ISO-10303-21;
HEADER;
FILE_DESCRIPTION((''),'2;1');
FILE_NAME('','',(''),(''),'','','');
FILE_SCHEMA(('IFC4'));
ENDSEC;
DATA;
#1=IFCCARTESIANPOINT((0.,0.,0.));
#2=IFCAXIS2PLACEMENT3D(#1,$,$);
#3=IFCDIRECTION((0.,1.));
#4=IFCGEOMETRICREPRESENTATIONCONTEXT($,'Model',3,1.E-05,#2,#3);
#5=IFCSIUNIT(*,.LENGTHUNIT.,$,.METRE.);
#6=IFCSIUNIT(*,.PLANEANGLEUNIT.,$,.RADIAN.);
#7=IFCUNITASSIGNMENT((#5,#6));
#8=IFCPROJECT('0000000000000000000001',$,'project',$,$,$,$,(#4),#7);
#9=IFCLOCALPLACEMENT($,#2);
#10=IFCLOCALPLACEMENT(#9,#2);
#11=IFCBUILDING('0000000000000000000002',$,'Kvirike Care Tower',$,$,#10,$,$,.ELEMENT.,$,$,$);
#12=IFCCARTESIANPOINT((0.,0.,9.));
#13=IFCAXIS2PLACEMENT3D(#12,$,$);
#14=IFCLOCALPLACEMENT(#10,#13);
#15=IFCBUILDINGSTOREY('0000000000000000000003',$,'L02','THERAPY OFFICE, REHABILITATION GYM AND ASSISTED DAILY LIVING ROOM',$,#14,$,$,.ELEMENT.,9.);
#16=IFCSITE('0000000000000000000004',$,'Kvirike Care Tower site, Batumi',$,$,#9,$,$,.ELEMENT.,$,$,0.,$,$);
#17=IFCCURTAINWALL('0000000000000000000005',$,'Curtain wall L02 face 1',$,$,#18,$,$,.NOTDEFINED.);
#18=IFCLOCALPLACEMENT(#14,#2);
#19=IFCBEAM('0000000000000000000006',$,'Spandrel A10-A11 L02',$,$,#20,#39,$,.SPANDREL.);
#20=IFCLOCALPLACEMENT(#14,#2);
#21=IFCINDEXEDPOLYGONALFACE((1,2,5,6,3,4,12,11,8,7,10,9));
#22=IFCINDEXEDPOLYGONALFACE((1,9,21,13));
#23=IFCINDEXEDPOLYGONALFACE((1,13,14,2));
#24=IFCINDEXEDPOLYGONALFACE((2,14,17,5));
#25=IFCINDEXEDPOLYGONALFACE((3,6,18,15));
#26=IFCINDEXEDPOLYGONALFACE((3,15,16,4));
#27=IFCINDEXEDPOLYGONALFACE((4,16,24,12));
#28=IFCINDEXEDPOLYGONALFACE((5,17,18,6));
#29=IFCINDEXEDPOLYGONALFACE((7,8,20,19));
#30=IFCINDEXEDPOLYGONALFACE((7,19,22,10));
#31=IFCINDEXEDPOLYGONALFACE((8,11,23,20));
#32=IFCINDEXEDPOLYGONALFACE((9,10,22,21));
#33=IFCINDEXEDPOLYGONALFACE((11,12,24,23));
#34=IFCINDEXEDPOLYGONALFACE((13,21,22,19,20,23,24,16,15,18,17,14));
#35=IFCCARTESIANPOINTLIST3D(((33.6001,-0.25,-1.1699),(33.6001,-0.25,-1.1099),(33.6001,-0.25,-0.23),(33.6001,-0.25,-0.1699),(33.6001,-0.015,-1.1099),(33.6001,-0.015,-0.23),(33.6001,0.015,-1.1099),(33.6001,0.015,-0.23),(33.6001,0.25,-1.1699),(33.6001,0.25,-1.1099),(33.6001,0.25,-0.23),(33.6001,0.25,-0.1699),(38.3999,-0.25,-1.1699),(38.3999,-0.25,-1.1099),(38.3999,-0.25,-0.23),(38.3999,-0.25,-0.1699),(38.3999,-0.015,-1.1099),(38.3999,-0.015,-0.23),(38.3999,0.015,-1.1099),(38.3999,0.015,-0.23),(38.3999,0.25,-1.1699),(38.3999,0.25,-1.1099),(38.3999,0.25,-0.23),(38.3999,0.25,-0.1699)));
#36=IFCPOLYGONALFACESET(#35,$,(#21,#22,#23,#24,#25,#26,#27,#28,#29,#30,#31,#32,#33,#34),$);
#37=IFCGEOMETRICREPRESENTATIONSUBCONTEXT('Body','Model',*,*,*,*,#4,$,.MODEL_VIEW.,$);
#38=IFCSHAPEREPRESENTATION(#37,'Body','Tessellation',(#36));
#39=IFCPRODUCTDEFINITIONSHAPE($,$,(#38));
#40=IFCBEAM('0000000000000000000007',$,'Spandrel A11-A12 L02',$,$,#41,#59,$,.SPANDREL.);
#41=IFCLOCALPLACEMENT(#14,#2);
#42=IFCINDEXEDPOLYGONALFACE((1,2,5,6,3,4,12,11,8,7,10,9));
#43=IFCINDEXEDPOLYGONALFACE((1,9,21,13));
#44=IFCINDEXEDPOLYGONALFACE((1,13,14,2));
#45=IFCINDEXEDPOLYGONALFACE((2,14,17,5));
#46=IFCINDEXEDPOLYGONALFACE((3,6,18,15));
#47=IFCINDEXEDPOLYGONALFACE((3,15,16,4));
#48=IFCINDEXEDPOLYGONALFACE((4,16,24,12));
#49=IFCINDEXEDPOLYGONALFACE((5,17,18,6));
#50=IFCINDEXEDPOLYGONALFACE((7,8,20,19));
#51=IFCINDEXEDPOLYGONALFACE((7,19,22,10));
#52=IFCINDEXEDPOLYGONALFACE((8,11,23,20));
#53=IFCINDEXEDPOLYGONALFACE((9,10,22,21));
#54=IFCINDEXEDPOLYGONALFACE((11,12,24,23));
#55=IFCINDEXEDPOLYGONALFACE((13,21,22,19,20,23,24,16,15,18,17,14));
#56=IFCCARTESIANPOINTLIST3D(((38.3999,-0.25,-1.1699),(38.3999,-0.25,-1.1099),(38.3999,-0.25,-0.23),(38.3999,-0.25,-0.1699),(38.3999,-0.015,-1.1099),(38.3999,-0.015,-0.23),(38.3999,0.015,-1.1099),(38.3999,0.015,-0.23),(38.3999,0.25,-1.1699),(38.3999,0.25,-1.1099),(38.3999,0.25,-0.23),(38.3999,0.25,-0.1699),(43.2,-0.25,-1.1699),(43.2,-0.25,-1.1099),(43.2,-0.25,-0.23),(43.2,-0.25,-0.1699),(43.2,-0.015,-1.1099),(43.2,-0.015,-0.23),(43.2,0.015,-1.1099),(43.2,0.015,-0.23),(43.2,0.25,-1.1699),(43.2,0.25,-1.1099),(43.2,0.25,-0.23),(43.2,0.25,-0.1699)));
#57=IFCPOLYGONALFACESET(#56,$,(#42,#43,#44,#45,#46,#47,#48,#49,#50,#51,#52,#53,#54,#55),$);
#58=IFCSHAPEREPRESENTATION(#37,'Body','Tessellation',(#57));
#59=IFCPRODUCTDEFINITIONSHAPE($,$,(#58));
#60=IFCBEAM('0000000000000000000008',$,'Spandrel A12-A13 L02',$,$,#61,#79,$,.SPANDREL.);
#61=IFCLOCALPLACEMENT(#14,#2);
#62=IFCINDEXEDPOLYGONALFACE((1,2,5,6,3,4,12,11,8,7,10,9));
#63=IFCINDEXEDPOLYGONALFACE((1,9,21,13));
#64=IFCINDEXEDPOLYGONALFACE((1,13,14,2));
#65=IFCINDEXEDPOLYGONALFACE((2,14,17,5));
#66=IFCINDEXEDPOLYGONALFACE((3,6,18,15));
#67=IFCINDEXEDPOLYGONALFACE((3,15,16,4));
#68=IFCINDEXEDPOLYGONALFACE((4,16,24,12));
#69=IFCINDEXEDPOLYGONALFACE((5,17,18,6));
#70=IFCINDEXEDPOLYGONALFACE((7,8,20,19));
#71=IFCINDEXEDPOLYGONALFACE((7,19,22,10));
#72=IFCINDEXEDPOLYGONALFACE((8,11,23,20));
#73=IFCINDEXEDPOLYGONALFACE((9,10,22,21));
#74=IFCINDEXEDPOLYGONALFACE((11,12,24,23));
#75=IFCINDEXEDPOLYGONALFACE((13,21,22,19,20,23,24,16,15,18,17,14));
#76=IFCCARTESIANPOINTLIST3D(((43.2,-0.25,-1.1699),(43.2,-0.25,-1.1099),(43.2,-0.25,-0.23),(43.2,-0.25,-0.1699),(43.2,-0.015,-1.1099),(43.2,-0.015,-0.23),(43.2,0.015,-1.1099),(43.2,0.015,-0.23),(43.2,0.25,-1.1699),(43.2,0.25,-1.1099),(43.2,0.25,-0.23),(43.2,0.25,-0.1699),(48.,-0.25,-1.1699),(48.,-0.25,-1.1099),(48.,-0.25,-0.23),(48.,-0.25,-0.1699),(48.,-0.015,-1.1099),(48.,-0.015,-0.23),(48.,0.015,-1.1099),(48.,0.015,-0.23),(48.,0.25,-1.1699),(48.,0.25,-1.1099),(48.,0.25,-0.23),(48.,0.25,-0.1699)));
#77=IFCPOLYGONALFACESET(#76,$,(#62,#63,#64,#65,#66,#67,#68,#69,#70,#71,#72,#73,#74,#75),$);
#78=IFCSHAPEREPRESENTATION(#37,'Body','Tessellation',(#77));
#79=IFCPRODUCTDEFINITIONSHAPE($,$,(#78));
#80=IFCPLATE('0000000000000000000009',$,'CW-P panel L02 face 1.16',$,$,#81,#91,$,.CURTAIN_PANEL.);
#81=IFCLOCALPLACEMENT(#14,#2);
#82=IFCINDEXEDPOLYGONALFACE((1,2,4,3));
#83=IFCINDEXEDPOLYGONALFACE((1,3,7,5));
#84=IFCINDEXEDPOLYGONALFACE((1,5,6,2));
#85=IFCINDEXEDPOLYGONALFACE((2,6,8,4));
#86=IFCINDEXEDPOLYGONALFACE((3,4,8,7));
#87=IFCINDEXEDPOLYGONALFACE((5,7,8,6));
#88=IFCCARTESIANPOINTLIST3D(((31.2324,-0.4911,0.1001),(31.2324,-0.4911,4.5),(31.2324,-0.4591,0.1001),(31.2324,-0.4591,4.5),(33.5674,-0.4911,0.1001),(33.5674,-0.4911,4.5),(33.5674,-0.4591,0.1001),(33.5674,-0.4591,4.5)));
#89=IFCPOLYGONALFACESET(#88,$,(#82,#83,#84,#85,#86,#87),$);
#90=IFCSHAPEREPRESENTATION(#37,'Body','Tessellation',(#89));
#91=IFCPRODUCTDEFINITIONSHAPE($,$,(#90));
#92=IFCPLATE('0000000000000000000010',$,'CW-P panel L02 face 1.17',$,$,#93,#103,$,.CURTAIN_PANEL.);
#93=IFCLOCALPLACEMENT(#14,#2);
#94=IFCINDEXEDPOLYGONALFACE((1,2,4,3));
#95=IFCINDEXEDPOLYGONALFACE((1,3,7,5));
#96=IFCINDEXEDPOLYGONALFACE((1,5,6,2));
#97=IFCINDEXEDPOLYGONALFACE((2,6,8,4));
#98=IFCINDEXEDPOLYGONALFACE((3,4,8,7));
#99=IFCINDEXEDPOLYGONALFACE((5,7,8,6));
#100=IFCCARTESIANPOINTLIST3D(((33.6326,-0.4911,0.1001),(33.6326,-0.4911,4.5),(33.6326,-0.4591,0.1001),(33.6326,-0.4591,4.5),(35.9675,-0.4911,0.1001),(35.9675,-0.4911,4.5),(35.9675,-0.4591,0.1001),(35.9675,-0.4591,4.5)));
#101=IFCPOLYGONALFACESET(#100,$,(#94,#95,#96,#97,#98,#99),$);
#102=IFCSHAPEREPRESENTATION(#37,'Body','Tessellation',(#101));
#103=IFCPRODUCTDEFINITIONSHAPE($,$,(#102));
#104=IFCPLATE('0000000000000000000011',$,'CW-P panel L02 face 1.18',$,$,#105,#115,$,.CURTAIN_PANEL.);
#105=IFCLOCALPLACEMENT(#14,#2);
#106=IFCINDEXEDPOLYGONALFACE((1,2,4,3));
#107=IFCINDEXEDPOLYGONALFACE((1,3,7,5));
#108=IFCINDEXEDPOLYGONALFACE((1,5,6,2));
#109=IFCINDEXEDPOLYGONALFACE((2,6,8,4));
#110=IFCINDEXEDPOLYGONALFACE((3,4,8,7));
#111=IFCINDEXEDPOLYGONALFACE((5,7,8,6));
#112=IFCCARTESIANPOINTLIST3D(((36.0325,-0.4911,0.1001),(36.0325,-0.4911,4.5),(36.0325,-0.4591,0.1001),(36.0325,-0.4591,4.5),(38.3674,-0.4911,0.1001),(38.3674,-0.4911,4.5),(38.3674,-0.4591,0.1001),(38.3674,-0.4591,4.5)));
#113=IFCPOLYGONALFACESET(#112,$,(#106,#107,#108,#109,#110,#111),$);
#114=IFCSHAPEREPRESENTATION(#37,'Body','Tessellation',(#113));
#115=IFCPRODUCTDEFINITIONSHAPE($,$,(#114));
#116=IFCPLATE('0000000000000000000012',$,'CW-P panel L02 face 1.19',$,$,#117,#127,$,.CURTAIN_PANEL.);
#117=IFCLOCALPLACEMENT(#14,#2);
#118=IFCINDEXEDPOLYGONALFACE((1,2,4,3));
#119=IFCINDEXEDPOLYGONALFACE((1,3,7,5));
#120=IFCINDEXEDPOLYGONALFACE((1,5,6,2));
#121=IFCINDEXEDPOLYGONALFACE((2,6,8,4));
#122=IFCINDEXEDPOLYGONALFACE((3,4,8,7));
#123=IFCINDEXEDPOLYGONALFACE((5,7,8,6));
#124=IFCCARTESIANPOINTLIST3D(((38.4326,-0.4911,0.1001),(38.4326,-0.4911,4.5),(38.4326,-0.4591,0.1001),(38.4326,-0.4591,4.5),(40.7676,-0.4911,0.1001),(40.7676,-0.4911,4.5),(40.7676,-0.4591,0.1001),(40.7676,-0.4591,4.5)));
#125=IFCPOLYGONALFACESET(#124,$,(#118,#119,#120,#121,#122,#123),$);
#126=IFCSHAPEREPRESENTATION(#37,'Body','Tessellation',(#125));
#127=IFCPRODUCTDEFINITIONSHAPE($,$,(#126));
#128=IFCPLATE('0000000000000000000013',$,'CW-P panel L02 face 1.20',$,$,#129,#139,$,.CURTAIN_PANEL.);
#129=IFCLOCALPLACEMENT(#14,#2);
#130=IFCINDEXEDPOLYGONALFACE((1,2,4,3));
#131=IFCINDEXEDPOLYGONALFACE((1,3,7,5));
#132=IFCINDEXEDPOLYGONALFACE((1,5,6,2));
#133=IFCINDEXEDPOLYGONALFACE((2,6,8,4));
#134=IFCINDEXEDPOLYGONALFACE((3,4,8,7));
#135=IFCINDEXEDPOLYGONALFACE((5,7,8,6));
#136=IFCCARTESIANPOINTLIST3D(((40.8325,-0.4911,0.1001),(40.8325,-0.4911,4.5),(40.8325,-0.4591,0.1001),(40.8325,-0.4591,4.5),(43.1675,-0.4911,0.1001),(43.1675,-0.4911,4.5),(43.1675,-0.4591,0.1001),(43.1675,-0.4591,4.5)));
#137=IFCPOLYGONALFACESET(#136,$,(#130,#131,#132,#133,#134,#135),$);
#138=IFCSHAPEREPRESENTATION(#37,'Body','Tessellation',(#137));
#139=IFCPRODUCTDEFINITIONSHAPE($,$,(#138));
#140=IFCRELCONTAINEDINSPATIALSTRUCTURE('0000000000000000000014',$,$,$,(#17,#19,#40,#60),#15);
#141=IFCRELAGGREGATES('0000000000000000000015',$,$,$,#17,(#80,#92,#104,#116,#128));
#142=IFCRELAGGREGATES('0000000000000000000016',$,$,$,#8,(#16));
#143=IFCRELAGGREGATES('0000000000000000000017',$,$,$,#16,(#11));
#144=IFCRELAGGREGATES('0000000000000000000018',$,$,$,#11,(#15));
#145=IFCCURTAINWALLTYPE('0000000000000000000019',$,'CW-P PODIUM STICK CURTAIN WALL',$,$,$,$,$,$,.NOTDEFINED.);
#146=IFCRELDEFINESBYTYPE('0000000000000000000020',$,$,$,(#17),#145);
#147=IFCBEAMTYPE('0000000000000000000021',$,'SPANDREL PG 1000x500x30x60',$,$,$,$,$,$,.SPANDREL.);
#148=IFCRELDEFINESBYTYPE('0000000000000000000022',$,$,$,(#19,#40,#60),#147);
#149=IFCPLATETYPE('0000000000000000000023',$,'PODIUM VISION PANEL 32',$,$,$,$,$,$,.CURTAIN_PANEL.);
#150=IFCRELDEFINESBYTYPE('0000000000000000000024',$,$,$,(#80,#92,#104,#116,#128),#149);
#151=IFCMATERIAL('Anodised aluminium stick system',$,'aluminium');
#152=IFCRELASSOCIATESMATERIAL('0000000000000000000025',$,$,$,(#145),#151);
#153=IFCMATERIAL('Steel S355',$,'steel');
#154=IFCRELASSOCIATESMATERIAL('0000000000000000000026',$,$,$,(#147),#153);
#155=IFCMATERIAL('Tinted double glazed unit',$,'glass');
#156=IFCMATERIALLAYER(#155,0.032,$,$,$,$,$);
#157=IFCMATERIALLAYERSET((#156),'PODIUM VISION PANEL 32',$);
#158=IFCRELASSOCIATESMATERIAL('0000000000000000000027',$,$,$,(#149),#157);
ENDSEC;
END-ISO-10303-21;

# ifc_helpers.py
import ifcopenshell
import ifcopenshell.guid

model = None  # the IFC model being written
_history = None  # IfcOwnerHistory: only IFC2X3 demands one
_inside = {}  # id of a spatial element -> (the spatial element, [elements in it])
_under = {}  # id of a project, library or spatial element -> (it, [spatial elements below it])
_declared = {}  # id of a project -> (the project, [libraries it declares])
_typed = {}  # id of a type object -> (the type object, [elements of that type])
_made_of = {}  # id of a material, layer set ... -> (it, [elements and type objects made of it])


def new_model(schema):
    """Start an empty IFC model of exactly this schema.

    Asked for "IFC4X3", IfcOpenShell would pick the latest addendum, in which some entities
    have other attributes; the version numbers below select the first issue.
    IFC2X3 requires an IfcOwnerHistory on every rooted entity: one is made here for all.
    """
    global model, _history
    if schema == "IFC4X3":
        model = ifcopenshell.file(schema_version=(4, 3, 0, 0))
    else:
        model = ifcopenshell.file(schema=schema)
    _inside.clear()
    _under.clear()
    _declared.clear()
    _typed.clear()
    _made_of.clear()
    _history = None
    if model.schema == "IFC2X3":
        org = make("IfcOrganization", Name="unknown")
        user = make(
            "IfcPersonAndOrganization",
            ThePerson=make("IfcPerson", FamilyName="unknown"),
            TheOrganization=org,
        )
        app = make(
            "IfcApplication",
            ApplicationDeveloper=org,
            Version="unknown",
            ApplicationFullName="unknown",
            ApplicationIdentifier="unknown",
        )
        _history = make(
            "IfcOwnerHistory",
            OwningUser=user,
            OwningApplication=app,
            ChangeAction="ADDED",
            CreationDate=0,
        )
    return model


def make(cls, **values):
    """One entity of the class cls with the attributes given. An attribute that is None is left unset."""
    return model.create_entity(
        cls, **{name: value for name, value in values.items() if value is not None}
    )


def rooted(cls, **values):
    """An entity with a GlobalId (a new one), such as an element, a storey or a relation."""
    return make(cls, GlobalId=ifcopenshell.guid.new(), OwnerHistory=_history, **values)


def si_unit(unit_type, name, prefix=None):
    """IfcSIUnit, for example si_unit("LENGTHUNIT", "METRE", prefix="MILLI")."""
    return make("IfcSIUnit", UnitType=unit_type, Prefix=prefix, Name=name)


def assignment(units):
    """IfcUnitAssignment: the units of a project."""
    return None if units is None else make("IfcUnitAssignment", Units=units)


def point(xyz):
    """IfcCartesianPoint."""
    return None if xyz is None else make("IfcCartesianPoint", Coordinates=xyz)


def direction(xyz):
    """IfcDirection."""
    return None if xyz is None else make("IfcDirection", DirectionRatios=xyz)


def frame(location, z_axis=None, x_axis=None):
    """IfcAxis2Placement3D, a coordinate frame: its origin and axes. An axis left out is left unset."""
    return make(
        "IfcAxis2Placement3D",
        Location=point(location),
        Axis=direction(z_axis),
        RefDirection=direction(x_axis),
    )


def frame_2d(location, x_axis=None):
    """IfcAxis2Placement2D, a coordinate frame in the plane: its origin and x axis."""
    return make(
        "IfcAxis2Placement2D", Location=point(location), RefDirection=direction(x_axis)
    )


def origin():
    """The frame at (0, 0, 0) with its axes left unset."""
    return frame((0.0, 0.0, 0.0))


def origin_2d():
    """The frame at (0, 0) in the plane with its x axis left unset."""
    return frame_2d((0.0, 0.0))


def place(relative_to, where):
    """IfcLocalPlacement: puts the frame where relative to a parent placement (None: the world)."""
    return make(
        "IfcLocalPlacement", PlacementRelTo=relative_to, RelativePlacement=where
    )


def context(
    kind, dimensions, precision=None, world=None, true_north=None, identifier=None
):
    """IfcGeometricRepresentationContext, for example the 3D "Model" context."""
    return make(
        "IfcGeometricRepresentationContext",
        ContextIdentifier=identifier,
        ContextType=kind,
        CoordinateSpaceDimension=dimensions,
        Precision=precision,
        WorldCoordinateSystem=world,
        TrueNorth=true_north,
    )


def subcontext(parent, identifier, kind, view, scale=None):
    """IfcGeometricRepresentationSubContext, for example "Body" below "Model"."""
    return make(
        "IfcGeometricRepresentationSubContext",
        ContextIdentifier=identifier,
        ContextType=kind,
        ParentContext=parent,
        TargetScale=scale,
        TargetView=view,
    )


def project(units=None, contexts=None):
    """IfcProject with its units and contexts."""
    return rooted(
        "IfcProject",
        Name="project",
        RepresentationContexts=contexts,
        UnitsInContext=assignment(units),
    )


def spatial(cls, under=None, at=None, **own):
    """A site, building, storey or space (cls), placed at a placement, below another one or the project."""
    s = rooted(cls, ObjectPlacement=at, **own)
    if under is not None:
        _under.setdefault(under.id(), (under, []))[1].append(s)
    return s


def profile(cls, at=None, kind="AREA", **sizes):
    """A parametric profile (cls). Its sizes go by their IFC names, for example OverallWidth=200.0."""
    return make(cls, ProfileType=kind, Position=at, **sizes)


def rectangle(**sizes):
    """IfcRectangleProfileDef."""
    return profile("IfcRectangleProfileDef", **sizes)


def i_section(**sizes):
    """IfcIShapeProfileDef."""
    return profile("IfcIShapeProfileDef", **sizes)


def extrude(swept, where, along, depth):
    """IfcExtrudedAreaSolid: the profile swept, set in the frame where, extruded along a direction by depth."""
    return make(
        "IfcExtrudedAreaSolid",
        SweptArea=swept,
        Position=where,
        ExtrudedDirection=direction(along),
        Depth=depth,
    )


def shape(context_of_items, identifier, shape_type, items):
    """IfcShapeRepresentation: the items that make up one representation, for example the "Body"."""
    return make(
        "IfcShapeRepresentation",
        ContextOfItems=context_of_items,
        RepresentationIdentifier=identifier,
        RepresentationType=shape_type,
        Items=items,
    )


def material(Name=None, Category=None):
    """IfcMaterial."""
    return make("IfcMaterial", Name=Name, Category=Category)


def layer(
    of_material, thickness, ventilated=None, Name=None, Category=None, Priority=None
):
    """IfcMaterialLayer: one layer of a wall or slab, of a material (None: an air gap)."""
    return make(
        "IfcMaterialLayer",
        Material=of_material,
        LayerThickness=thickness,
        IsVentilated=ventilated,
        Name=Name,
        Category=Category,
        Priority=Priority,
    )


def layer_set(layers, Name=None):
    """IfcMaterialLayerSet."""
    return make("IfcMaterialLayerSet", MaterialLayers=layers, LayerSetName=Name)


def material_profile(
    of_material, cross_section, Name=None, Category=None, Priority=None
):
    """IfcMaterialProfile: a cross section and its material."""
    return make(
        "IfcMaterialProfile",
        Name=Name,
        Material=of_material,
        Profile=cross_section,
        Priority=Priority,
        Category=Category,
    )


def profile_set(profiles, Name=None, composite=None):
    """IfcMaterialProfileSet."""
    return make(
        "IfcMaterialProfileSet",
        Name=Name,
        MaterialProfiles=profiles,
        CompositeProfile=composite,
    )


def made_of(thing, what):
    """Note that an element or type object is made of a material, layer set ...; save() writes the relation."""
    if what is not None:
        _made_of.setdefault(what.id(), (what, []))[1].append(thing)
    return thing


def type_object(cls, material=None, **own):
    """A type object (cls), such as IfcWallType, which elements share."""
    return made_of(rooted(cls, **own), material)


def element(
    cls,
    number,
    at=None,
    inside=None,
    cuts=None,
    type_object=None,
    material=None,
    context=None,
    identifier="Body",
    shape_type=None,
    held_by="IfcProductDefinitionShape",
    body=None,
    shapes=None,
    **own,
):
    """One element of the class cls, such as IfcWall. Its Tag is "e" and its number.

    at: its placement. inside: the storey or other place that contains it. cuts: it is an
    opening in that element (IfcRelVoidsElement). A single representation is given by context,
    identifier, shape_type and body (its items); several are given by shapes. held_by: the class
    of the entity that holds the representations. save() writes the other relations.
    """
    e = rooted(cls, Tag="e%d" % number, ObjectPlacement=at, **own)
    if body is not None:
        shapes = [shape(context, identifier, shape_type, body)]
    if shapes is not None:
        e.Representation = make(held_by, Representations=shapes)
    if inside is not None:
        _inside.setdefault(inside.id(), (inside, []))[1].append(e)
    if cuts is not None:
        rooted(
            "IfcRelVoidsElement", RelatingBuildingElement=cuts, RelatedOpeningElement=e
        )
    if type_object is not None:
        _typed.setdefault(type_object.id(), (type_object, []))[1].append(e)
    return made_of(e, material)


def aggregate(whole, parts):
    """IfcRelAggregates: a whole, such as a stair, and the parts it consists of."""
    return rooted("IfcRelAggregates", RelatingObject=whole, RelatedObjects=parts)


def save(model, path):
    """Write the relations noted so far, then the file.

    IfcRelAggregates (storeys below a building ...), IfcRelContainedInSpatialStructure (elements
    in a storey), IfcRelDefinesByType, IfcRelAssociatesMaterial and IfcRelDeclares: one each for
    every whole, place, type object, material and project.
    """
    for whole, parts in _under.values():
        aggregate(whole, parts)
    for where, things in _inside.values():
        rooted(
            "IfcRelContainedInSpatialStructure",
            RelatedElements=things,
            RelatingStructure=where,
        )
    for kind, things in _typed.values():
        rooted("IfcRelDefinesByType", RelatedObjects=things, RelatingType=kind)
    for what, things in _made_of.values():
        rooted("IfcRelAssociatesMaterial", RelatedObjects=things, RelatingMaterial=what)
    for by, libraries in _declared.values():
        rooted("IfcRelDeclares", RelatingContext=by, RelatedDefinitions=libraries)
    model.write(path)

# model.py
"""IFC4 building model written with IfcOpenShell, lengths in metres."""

from ifc_helpers import new_model, si_unit, direction, frame, origin, origin_2d, place, context, subcontext, project, spatial, rectangle, i_section, extrude, material, layer, layer_set, material_profile, profile_set, type_object, element, aggregate, save


model = new_model("IFC4")

# Units and contexts
model_context = context("Model", 3, precision=1e-05, world=origin(), true_north=direction((0.0, 1.0)))
body_context = subcontext(model_context, "Body", "Model", "MODEL_VIEW")
ifc_project = project(units=[si_unit("LENGTHUNIT", "METRE"), si_unit("PLANEANGLEUNIT", "RADIAN")], contexts=[model_context])

# Site, building, storey
site_placement = place(None, origin())
site = spatial("IfcSite", under=ifc_project, at=site_placement, Name="Kvirike Care Tower site, Batumi", CompositionType="ELEMENT", RefElevation=0.0)
building_placement = place(site_placement, origin())
building = spatial("IfcBuilding", under=site, at=building_placement, Name="Kvirike Care Tower", CompositionType="ELEMENT")
storey_placement = place(building_placement, frame((0.0, 0.0, 9.0)))
storey = spatial("IfcBuildingStorey", under=building, at=storey_placement, Name="L02", Description="THERAPY OFFICE, REHABILITATION GYM AND ASSISTED DAILY LIVING ROOM", CompositionType="ELEMENT", Elevation=9.0)

# Curtain wall
ifc_material_1 = material(Name="Anodised aluminium stick system", Category="aluminium")
curtain_wall_type = type_object("IfcCurtainWallType", Name="CW-P PODIUM STICK CURTAIN WALL", PredefinedType="NOTDEFINED", material=ifc_material_1)
curtain_wall_placement = place(storey_placement, origin())
curtain_wall = element("IfcCurtainWall", 1, at=curtain_wall_placement, inside=storey, type_object=curtain_wall_type, Name="Curtain wall L02 face 1", PredefinedType="NOTDEFINED")

# Beams
ifc_material_2 = material(Name="Steel S355", Category="steel")
ifc_material_profile_1 = material_profile(ifc_material_2, i_section(OverallWidth=0.5, OverallDepth=1.0, WebThickness=0.03, FlangeThickness=0.0601, at=origin_2d()), Name="PG 1000x500x30x60")
ifc_profile_set_1 = profile_set([ifc_material_profile_1], Name="Steel S355")
beam_type_1 = type_object("IfcBeamType", Name="SPANDREL PG 1000x500x30x60", PredefinedType="SPANDREL", material=ifc_profile_set_1)
beam_placement = place(storey_placement, frame((33.6001, 0.0, -0.6699), z_axis=(1.0, 0.0, 0.0), x_axis=(0.0, 1.0, 0.0)))
element("IfcBeam", 2, at=beam_placement, inside=storey, type_object=beam_type_1, Name="Spandrel A10-A11 L02", PredefinedType="SPANDREL", context=body_context, shape_type="SweptSolid", body=[
    extrude(i_section(OverallWidth=0.5, OverallDepth=1.0, WebThickness=0.03, FlangeThickness=0.0601, at=origin_2d()), origin(), (0.0, 0.0, 1.0), 4.7998),
])
for number, where, z_axis, x_axis, name in (
    (3, (38.3999, 0.0, -0.6699), (1.0, 0.0, 0.0), (0.0, 1.0, 0.0), "Spandrel A11-A12 L02"),
    (4, (43.2, 0.0, -0.6699), (1.0, 0.0, 0.0), (0.0, 1.0, 0.0), "Spandrel A12-A13 L02"),
):
    element("IfcBeam", number, at=place(storey_placement, frame(where, z_axis=z_axis, x_axis=x_axis)), inside=storey, type_object=beam_type_1, Name=name, PredefinedType="SPANDREL", context=body_context, shape_type="SweptSolid", body=[
        extrude(i_section(OverallWidth=0.5, OverallDepth=1.0, WebThickness=0.03, FlangeThickness=0.0601, at=origin_2d()), origin(), (0.0, 0.0, 1.0), 4.8),
    ])

# Plates
ifc_material_3 = material(Name="Tinted double glazed unit", Category="glass")
ifc_layer = layer(ifc_material_3, 0.032)
ifc_layer_set = layer_set([ifc_layer], Name="PODIUM VISION PANEL 32")
plate_type = type_object("IfcPlateType", Name="PODIUM VISION PANEL 32", PredefinedType="CURTAIN_PANEL", material=ifc_layer_set)
plate_1_placement = place(storey_placement, frame((32.3999, -0.4751, 0.1001), z_axis=(0.0, 0.0, 1.0), x_axis=(1.0, 0.0, 0.0)))
plate_1 = element("IfcPlate", 5, at=plate_1_placement, type_object=plate_type, Name="CW-P panel L02 face 1.16", PredefinedType="CURTAIN_PANEL", context=body_context, shape_type="SweptSolid", body=[
    extrude(rectangle(XDim=2.335, YDim=0.032, at=origin_2d()), origin(), (0.0, 0.0, 1.0), 4.3999),
])
plate_2_placement = place(storey_placement, frame((34.8, -0.4751, 0.1001), z_axis=(0.0, 0.0, 1.0), x_axis=(1.0, 0.0, 0.0)))
plate_2 = element("IfcPlate", 6, at=plate_2_placement, type_object=plate_type, Name="CW-P panel L02 face 1.17", PredefinedType="CURTAIN_PANEL", context=body_context, shape_type="SweptSolid", body=[
    extrude(rectangle(XDim=2.335, YDim=0.032, at=origin_2d()), origin(), (0.0, 0.0, 1.0), 4.3999),
])
plate_3_placement = place(storey_placement, frame((37.2, -0.4751, 0.1001), z_axis=(0.0, 0.0, 1.0), x_axis=(1.0, 0.0, 0.0)))
plate_3 = element("IfcPlate", 7, at=plate_3_placement, type_object=plate_type, Name="CW-P panel L02 face 1.18", PredefinedType="CURTAIN_PANEL", context=body_context, shape_type="SweptSolid", body=[
    extrude(rectangle(XDim=2.335, YDim=0.032, at=origin_2d()), origin(), (0.0, 0.0, 1.0), 4.3999),
])
plate_4_placement = place(storey_placement, frame((39.6001, -0.4751, 0.1001), z_axis=(0.0, 0.0, 1.0), x_axis=(1.0, 0.0, 0.0)))
plate_4 = element("IfcPlate", 8, at=plate_4_placement, type_object=plate_type, Name="CW-P panel L02 face 1.19", PredefinedType="CURTAIN_PANEL", context=body_context, shape_type="SweptSolid", body=[
    extrude(rectangle(XDim=2.335, YDim=0.032, at=origin_2d()), origin(), (0.0, 0.0, 1.0), 4.3999),
])
plate_5_placement = place(storey_placement, frame((42.0, -0.4751, 0.1001), z_axis=(0.0, 0.0, 1.0), x_axis=(1.0, 0.0, 0.0)))
plate_5 = element("IfcPlate", 9, at=plate_5_placement, type_object=plate_type, Name="CW-P panel L02 face 1.20", PredefinedType="CURTAIN_PANEL", context=body_context, shape_type="SweptSolid", body=[
    extrude(rectangle(XDim=2.335, YDim=0.032, at=origin_2d()), origin(), (0.0, 0.0, 1.0), 4.3999),
])
aggregate(curtain_wall, [plate_1, plate_2, plate_3, plate_4, plate_5])

save(model, "model.ifc")
